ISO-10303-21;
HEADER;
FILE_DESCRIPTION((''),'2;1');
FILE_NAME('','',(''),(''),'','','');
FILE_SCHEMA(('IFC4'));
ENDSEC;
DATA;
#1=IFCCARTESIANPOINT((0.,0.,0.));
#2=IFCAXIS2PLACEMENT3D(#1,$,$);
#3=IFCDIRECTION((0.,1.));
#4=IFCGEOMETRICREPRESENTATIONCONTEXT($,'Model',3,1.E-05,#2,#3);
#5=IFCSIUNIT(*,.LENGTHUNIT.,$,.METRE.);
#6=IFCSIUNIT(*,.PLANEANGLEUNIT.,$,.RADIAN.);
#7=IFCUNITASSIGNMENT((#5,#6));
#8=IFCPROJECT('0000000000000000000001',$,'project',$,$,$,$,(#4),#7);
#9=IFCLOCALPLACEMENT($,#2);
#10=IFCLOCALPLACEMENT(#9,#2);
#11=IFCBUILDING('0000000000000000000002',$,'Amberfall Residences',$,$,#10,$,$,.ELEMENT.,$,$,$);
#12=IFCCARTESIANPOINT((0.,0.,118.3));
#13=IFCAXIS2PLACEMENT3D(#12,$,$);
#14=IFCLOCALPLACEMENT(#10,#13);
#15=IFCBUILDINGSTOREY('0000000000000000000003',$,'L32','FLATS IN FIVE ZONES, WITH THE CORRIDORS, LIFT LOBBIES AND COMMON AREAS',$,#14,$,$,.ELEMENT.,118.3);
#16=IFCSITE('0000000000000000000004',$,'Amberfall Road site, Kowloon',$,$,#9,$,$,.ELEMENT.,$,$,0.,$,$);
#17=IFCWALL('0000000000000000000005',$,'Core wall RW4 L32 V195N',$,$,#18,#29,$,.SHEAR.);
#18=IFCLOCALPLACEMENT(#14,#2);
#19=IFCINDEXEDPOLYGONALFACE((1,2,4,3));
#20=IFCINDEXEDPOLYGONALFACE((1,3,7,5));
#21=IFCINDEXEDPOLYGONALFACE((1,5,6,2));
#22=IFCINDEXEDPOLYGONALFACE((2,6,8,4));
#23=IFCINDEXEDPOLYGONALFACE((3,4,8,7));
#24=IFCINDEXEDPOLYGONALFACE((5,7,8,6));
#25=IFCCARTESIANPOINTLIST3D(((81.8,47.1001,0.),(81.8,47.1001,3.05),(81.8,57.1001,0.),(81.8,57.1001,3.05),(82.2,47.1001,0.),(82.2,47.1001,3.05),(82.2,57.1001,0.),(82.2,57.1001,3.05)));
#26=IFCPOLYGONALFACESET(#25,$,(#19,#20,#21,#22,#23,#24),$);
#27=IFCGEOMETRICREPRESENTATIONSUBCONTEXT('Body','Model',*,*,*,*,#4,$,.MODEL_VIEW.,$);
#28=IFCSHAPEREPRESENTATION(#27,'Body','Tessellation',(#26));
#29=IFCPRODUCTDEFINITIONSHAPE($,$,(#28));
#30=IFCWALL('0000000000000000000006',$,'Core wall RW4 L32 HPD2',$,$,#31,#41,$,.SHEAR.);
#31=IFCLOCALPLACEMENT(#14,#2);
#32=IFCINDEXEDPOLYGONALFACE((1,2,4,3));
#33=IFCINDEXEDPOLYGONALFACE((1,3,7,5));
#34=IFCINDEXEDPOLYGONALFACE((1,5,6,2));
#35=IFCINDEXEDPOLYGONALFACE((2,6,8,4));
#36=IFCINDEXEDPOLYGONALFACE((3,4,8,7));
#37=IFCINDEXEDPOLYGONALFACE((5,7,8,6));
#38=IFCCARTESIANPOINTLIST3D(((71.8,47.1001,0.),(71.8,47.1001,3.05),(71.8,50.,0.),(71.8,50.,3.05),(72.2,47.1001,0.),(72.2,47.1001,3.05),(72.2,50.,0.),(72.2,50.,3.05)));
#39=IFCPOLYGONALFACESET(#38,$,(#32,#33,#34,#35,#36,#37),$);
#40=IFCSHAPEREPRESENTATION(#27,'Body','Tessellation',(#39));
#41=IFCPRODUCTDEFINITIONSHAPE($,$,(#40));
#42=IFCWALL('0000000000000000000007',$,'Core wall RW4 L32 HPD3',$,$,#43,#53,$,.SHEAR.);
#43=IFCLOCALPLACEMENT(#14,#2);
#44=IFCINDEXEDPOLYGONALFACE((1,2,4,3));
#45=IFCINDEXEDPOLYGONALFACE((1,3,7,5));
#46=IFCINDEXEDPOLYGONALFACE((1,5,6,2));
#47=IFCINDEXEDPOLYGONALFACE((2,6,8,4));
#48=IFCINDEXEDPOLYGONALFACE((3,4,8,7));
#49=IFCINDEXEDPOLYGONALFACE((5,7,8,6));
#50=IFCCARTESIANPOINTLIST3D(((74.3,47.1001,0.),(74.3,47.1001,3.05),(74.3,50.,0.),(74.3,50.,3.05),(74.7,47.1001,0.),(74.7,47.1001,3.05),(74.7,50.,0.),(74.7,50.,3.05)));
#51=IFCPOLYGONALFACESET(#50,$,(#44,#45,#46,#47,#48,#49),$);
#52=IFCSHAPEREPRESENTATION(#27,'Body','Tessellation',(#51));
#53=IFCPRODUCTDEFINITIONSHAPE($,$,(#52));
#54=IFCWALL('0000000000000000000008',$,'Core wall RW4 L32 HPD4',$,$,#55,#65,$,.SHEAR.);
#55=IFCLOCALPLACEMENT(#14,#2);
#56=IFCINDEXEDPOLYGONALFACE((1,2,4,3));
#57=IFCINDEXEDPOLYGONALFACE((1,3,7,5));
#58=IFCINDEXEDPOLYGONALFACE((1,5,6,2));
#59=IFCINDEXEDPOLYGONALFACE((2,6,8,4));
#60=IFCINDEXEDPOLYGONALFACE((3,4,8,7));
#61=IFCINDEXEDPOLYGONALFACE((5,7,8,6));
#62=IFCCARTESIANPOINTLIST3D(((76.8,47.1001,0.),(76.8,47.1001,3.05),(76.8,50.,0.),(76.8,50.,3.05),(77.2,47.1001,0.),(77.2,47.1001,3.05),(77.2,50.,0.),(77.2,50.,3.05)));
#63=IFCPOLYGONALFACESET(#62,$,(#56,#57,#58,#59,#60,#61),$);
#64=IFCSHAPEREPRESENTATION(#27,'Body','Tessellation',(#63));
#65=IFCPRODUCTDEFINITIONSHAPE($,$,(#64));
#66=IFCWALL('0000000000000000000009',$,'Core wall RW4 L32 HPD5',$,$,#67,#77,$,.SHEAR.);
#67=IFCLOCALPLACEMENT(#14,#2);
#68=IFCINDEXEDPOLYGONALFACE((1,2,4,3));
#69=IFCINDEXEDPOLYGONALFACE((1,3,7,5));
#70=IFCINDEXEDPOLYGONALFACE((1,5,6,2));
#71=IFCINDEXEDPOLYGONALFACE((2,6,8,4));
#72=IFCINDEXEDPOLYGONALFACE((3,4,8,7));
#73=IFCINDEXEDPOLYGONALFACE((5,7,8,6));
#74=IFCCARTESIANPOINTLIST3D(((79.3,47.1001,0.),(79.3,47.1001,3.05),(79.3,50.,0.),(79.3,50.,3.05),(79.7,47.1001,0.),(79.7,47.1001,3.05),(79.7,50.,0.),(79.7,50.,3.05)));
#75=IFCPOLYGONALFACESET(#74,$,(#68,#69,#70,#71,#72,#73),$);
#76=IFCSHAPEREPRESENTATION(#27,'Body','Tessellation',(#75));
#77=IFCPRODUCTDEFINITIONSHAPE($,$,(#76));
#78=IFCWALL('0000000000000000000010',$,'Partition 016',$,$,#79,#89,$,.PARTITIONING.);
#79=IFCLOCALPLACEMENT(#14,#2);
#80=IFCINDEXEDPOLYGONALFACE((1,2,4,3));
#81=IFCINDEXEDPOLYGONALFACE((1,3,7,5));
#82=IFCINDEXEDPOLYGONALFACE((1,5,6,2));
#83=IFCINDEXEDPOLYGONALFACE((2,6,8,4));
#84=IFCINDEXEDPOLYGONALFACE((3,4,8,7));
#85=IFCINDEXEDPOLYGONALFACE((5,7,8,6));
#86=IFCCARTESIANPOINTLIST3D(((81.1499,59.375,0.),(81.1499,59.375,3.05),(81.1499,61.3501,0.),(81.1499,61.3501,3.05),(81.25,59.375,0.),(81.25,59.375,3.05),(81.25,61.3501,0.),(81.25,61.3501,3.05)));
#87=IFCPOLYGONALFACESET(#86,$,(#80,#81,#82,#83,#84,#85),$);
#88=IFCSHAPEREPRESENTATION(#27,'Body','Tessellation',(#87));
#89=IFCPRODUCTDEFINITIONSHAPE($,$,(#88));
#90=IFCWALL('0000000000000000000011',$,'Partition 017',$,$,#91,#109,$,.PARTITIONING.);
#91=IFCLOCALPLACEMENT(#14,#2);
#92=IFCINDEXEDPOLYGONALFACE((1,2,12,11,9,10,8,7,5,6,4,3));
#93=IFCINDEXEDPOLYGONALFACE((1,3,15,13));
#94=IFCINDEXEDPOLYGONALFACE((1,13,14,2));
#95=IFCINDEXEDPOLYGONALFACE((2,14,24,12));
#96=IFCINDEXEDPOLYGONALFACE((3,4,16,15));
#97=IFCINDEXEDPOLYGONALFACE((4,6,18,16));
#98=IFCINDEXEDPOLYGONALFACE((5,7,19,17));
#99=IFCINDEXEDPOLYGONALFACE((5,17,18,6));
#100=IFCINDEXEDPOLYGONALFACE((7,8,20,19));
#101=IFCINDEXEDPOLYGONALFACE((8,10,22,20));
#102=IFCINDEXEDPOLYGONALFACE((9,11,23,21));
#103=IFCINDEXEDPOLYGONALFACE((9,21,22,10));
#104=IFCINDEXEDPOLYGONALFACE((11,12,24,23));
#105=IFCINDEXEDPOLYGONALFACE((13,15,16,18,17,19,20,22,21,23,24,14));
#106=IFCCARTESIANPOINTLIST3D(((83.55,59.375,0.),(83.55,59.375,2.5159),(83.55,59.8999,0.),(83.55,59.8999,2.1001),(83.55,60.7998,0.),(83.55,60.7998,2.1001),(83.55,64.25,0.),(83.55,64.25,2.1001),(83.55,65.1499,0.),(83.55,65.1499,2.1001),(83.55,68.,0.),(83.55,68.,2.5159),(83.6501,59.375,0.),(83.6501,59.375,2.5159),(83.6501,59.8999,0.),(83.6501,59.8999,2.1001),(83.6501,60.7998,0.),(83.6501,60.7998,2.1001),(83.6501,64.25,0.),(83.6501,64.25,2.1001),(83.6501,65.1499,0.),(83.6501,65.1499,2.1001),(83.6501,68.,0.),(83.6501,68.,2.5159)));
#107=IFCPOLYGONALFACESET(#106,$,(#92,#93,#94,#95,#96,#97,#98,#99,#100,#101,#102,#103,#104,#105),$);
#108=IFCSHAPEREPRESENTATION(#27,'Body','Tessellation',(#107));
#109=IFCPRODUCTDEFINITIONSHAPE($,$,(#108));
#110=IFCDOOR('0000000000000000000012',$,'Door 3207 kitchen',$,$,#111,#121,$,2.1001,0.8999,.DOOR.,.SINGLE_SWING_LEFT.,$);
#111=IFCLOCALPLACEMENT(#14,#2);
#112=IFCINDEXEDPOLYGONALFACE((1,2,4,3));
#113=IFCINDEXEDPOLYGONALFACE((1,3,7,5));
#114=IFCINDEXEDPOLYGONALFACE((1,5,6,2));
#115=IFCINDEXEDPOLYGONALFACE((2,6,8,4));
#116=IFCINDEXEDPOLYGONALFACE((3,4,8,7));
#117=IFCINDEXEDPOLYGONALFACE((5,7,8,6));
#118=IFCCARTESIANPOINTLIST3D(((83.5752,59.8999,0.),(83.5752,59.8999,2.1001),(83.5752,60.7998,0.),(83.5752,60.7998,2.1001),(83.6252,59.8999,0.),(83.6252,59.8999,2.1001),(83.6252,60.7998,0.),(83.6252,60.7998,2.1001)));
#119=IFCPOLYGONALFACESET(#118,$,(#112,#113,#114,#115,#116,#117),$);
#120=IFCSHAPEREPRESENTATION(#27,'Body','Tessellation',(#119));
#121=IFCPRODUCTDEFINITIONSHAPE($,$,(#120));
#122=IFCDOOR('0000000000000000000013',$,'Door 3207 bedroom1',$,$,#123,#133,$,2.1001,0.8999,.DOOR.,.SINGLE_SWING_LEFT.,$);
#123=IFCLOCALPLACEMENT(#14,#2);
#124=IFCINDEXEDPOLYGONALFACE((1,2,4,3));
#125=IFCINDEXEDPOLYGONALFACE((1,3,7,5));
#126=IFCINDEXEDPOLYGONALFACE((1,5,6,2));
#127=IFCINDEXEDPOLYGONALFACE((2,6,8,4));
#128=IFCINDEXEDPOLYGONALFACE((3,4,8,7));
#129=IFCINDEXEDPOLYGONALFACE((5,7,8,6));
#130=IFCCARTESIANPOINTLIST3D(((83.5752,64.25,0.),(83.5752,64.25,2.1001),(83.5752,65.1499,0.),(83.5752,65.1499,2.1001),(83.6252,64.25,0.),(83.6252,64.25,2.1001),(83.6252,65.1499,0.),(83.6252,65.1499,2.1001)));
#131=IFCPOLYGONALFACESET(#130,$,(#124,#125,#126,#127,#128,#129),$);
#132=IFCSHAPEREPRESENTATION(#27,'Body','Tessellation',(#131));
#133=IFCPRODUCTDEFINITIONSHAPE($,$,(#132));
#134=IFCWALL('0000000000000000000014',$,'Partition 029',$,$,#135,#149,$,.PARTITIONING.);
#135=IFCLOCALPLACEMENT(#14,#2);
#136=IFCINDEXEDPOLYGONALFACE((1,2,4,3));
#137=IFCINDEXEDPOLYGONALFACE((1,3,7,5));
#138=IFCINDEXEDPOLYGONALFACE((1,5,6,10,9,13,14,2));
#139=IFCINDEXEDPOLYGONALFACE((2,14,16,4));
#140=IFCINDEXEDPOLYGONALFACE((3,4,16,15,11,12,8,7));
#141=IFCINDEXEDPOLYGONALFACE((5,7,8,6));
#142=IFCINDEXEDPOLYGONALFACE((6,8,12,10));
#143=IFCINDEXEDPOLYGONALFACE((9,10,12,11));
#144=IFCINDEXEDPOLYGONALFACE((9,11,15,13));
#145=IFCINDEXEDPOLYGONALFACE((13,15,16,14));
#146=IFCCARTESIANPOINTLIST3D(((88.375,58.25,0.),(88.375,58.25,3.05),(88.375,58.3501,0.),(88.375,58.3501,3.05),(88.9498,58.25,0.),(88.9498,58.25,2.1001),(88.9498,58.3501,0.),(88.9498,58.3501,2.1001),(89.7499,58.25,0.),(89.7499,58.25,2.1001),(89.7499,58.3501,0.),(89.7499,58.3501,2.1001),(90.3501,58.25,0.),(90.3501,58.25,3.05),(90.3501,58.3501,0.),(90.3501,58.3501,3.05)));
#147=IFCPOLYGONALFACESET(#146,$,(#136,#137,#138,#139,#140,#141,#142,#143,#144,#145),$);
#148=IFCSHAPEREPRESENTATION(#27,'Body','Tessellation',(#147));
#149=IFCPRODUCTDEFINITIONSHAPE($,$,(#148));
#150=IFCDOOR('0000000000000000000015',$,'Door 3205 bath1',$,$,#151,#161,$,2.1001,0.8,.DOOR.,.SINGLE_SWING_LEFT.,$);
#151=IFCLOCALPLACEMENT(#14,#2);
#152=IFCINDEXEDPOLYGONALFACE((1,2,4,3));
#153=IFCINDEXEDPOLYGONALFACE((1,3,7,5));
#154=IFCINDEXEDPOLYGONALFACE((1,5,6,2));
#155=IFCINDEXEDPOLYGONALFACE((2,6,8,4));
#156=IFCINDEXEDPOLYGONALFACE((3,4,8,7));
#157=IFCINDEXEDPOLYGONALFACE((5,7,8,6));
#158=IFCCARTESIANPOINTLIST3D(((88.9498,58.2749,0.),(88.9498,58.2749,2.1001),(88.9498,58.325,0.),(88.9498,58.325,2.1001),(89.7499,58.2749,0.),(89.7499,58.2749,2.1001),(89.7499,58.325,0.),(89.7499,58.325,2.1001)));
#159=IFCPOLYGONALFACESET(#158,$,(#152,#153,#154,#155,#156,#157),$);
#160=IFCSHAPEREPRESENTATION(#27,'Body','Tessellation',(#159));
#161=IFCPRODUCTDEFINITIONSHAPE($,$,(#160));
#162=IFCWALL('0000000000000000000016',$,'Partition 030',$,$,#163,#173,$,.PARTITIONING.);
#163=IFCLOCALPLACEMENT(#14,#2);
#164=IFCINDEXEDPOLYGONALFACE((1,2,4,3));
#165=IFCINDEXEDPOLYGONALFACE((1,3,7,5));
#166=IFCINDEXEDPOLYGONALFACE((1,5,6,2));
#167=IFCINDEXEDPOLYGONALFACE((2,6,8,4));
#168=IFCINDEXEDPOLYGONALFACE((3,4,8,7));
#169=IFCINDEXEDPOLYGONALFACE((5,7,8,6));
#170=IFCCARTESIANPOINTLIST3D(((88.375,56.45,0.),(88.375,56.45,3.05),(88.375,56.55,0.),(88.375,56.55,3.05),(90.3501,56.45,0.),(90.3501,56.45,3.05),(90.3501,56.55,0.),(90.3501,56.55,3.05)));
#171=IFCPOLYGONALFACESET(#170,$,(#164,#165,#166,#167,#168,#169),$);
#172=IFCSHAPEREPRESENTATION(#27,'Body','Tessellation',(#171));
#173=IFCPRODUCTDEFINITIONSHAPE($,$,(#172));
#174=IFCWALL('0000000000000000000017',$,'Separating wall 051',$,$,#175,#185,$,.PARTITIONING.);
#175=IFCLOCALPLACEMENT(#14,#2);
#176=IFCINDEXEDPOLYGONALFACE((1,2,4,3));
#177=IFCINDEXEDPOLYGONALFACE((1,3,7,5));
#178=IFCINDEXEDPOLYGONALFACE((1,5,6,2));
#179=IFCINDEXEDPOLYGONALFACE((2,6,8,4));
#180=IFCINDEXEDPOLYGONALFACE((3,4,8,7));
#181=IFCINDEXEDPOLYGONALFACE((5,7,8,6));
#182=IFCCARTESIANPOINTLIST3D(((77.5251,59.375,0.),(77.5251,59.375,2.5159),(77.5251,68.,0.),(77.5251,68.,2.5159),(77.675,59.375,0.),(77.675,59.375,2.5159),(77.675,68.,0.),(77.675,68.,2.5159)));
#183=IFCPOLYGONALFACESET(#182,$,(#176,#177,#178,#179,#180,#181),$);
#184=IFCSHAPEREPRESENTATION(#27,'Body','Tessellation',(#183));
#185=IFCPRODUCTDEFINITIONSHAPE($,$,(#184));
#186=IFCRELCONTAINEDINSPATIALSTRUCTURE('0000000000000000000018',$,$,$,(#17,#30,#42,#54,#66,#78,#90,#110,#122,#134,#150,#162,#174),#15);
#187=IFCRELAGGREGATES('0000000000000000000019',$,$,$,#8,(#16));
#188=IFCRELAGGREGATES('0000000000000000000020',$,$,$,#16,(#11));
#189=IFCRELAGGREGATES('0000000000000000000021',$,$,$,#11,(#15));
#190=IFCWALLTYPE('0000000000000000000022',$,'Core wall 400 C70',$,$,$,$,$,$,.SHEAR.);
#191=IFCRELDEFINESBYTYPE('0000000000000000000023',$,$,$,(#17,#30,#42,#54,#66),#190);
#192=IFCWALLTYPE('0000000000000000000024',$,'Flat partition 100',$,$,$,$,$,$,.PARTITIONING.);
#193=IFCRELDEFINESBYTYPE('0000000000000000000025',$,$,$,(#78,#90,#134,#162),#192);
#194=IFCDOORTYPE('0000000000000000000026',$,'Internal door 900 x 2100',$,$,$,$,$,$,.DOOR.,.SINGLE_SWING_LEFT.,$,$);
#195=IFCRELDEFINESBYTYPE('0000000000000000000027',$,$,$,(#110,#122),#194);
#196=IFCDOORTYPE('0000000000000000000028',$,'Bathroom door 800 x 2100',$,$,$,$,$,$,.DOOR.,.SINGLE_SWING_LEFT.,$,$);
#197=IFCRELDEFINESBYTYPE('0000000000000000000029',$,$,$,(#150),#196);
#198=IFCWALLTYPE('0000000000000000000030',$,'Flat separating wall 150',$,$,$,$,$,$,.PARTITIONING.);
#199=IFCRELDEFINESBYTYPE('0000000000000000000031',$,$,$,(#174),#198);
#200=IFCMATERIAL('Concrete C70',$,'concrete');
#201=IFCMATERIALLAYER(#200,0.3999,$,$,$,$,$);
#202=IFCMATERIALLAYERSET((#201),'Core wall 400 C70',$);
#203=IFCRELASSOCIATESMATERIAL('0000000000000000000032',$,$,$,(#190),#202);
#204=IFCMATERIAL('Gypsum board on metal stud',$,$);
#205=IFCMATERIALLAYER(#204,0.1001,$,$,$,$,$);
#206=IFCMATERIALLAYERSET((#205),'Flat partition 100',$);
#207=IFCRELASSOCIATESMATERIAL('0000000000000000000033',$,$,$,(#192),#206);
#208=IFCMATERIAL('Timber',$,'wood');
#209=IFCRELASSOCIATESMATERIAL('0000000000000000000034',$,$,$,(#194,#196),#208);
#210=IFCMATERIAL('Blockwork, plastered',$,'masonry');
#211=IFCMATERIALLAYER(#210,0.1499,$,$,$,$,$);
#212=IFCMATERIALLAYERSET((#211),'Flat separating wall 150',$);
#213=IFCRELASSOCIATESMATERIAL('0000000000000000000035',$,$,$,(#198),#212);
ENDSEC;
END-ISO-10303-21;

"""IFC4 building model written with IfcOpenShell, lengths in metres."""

from ifc_helpers import new_model, si_unit, direction, frame, frame_2d, origin, place, context, subcontext, project, spatial, rectangle, extrude, material, layer, layer_set, type_object, element, fill, save


model = new_model("IFC4")

# Units and contexts
model_context = context("Model", 3, precision=1e-05, world=origin(), true_north=direction((0.0, 1.0)))
body_context = subcontext(model_context, "Body", "Model", "MODEL_VIEW")
ifc_project = project(units=[si_unit("LENGTHUNIT", "METRE"), si_unit("PLANEANGLEUNIT", "RADIAN")], contexts=[model_context])

# Site, building, storey
site_placement = place(None, origin())
site = spatial("IfcSite", under=ifc_project, at=site_placement, Name="Amberfall Road site, Kowloon", CompositionType="ELEMENT", RefElevation=0.0)
building_placement = place(site_placement, origin())
building = spatial("IfcBuilding", under=site, at=building_placement, Name="Amberfall Residences", CompositionType="ELEMENT")
storey_placement = place(building_placement, frame((0.0, 0.0, 118.3)))
storey = spatial("IfcBuildingStorey", under=building, at=storey_placement, Name="L32", Description="FLATS IN FIVE ZONES, WITH THE CORRIDORS, LIFT LOBBIES AND COMMON AREAS", CompositionType="ELEMENT", Elevation=118.3)

# Walls
ifc_material_1 = material(Name="Concrete C70", Category="concrete")
ifc_layer_1 = layer(ifc_material_1, 0.3999)
ifc_layer_set_1 = layer_set([ifc_layer_1], Name="Core wall 400 C70")
wall_type_1 = type_object("IfcWallType", Name="Core wall 400 C70", PredefinedType="SHEAR", material=ifc_layer_set_1)
wall_1_placement = place(storey_placement, frame((82.0, 47.1001, 0.0), z_axis=(0.0, 0.0, 1.0), x_axis=(0.0, 1.0, 0.0)))
element("IfcWall", 1, at=wall_1_placement, inside=storey, type_object=wall_type_1, Name="Core wall RW4 L32 V195N", PredefinedType="SHEAR", context=body_context, shape_type="SweptSolid", body=[
    extrude(rectangle(XDim=10.0, YDim=0.3999, at=frame_2d((5.0, 0.0))), origin(), (0.0, 0.0, 1.0), 3.05),
])
for number, where, z_axis, x_axis, name in (
    (2, (72.0, 47.1001, 0.0), (0.0, 0.0, 1.0), (0.0, 1.0, 0.0), "Core wall RW4 L32 HPD2"),
    (3, (74.5, 47.1001, 0.0), (0.0, 0.0, 1.0), (0.0, 1.0, 0.0), "Core wall RW4 L32 HPD3"),
    (4, (77.0, 47.1001, 0.0), (0.0, 0.0, 1.0), (0.0, 1.0, 0.0), "Core wall RW4 L32 HPD4"),
    (5, (79.5, 47.1001, 0.0), (0.0, 0.0, 1.0), (0.0, 1.0, 0.0), "Core wall RW4 L32 HPD5"),
):
    element("IfcWall", number, at=place(storey_placement, frame(where, z_axis=z_axis, x_axis=x_axis)), inside=storey, type_object=wall_type_1, Name=name, PredefinedType="SHEAR", context=body_context, shape_type="SweptSolid", body=[
        extrude(rectangle(XDim=2.8999, YDim=0.3999, at=frame_2d((1.45, 0.0))), origin(), (0.0, 0.0, 1.0), 3.05),
    ])
ifc_material_2 = material(Name="Gypsum board on metal stud")
ifc_layer_2 = layer(ifc_material_2, 0.1001)
ifc_layer_set_2 = layer_set([ifc_layer_2], Name="Flat partition 100")
wall_type_2 = type_object("IfcWallType", Name="Flat partition 100", PredefinedType="PARTITIONING", material=ifc_layer_set_2)
wall_2_placement = place(storey_placement, frame((81.2, 59.375, 0.0), z_axis=(0.0, 0.0, 1.0), x_axis=(0.0, 1.0, 0.0)))
element("IfcWall", 6, at=wall_2_placement, inside=storey, type_object=wall_type_2, Name="Partition 016", PredefinedType="PARTITIONING", context=body_context, shape_type="SweptSolid", body=[
    extrude(rectangle(XDim=1.9751, YDim=0.1001, at=frame_2d((0.9875, 0.0))), origin(), (0.0, 0.0, 1.0), 3.05),
])

# Wall, openings, doors
wall_3_placement = place(storey_placement, frame((83.6001, 59.375, 0.0), z_axis=(0.0, 0.0, 1.0), x_axis=(0.0, 1.0, 0.0)))
wall_3 = element("IfcWall", 7, at=wall_3_placement, inside=storey, type_object=wall_type_2, Name="Partition 017", PredefinedType="PARTITIONING", context=body_context, shape_type="SweptSolid", body=[
    extrude(rectangle(XDim=8.625, YDim=0.1001, at=frame_2d((4.3125, 0.0))), origin(), (0.0, 0.0, 1.0), 2.5159),
])
opening_1_placement = place(wall_3_placement, frame((0.5249, 0.0, 0.0)))
opening_1 = element("IfcOpeningElement", 8, at=opening_1_placement, cuts=wall_3, PredefinedType="OPENING", context=body_context, shape_type="SweptSolid", body=[
    extrude(rectangle(XDim=0.8999, YDim=2.1001, at=frame_2d((0.45, 1.05))), frame((0.0, 0.0601, 0.0), z_axis=(0.0, -1.0, 0.0), x_axis=(1.0, 0.0, 0.0)), (0.0, 0.0, 1.0), 0.1201),
])
opening_2_placement = place(wall_3_placement, frame((4.875, 0.0, 0.0)))
opening_2 = element("IfcOpeningElement", 9, at=opening_2_placement, cuts=wall_3, PredefinedType="OPENING", context=body_context, shape_type="SweptSolid", body=[
    extrude(rectangle(XDim=0.8999, YDim=2.1001, at=frame_2d((0.45, 1.05))), frame((0.0, 0.0601, 0.0), z_axis=(0.0, -1.0, 0.0), x_axis=(1.0, 0.0, 0.0)), (0.0, 0.0, 1.0), 0.1201),
])
ifc_material_3 = material(Name="Timber", Category="wood")
door_type_1 = type_object("IfcDoorType", Name="Internal door 900 x 2100", OperationType="SINGLE_SWING_LEFT", PredefinedType="DOOR", material=ifc_material_3)
door_1_placement = place(opening_1_placement, origin())
door_1 = element("IfcDoor", 10, at=door_1_placement, inside=storey, type_object=door_type_1, Name="Door 3207 kitchen", OperationType="SINGLE_SWING_LEFT", OverallHeight=2.1001, OverallWidth=0.8999, PredefinedType="DOOR", context=body_context, shape_type="SweptSolid", body=[
    extrude(rectangle(XDim=0.8999, YDim=2.1001, at=frame_2d((0.45, 1.05))), frame((0.0, 0.0249, 0.0), z_axis=(0.0, -1.0, 0.0), x_axis=(1.0, 0.0, 0.0)), (0.0, 0.0, 1.0), 0.05),
])
fill(opening_1, door_1)
door_2_placement = place(opening_2_placement, origin())
door_2 = element("IfcDoor", 11, at=door_2_placement, inside=storey, type_object=door_type_1, Name="Door 3207 bedroom1", OperationType="SINGLE_SWING_LEFT", OverallHeight=2.1001, OverallWidth=0.8999, PredefinedType="DOOR", context=body_context, shape_type="SweptSolid", body=[
    extrude(rectangle(XDim=0.8999, YDim=2.1001, at=frame_2d((0.45, 1.05))), frame((0.0, 0.0249, 0.0), z_axis=(0.0, -1.0, 0.0), x_axis=(1.0, 0.0, 0.0)), (0.0, 0.0, 1.0), 0.05),
])
fill(opening_2, door_2)

# Wall, opening, door
wall_4_placement = place(storey_placement, frame((88.375, 58.3, 0.0), z_axis=(0.0, 0.0, 1.0), x_axis=(1.0, 0.0, 0.0)))
wall_4 = element("IfcWall", 12, at=wall_4_placement, inside=storey, type_object=wall_type_2, Name="Partition 029", PredefinedType="PARTITIONING", context=body_context, shape_type="SweptSolid", body=[
    extrude(rectangle(XDim=1.9751, YDim=0.1001, at=frame_2d((0.9875, 0.0))), origin(), (0.0, 0.0, 1.0), 3.05),
])
opening_3_placement = place(wall_4_placement, frame((0.575, 0.0, 0.0)))
opening_3 = element("IfcOpeningElement", 13, at=opening_3_placement, cuts=wall_4, PredefinedType="OPENING", context=body_context, shape_type="SweptSolid", body=[
    extrude(rectangle(XDim=0.8, YDim=2.1001, at=frame_2d((0.3999, 1.05))), frame((0.0, 0.0601, 0.0), z_axis=(0.0, -1.0, 0.0), x_axis=(1.0, 0.0, 0.0)), (0.0, 0.0, 1.0), 0.1201),
])
door_type_2 = type_object("IfcDoorType", Name="Bathroom door 800 x 2100", OperationType="SINGLE_SWING_LEFT", PredefinedType="DOOR", material=ifc_material_3)
door_3_placement = place(opening_3_placement, origin())
door_3 = element("IfcDoor", 14, at=door_3_placement, inside=storey, type_object=door_type_2, Name="Door 3205 bath1", OperationType="SINGLE_SWING_LEFT", OverallHeight=2.1001, OverallWidth=0.8, PredefinedType="DOOR", context=body_context, shape_type="SweptSolid", body=[
    extrude(rectangle(XDim=0.8, YDim=2.1001, at=frame_2d((0.3999, 1.05))), frame((0.0, 0.0249, 0.0), z_axis=(0.0, -1.0, 0.0), x_axis=(1.0, 0.0, 0.0)), (0.0, 0.0, 1.0), 0.05),
])
fill(opening_3, door_3)

# Walls
wall_5_placement = place(storey_placement, frame((88.375, 56.5, 0.0), z_axis=(0.0, 0.0, 1.0), x_axis=(1.0, 0.0, 0.0)))
element("IfcWall", 15, at=wall_5_placement, inside=storey, type_object=wall_type_2, Name="Partition 030", PredefinedType="PARTITIONING", context=body_context, shape_type="SweptSolid", body=[
    extrude(rectangle(XDim=1.9751, YDim=0.1001, at=frame_2d((0.9875, 0.0))), origin(), (0.0, 0.0, 1.0), 3.05),
])
ifc_material_4 = material(Name="Blockwork, plastered", Category="masonry")
ifc_layer_3 = layer(ifc_material_4, 0.1499)
ifc_layer_set_3 = layer_set([ifc_layer_3], Name="Flat separating wall 150")
wall_type_3 = type_object("IfcWallType", Name="Flat separating wall 150", PredefinedType="PARTITIONING", material=ifc_layer_set_3)
wall_6_placement = place(storey_placement, frame((77.6001, 59.375, 0.0), z_axis=(0.0, 0.0, 1.0), x_axis=(0.0, 1.0, 0.0)))
element("IfcWall", 16, at=wall_6_placement, inside=storey, type_object=wall_type_3, Name="Separating wall 051", PredefinedType="PARTITIONING", context=body_context, shape_type="SweptSolid", body=[
    extrude(rectangle(XDim=8.625, YDim=0.1499, at=frame_2d((4.3125, 0.0))), origin(), (0.0, 0.0, 1.0), 2.5159),
])

save(model, "model.ifc")
